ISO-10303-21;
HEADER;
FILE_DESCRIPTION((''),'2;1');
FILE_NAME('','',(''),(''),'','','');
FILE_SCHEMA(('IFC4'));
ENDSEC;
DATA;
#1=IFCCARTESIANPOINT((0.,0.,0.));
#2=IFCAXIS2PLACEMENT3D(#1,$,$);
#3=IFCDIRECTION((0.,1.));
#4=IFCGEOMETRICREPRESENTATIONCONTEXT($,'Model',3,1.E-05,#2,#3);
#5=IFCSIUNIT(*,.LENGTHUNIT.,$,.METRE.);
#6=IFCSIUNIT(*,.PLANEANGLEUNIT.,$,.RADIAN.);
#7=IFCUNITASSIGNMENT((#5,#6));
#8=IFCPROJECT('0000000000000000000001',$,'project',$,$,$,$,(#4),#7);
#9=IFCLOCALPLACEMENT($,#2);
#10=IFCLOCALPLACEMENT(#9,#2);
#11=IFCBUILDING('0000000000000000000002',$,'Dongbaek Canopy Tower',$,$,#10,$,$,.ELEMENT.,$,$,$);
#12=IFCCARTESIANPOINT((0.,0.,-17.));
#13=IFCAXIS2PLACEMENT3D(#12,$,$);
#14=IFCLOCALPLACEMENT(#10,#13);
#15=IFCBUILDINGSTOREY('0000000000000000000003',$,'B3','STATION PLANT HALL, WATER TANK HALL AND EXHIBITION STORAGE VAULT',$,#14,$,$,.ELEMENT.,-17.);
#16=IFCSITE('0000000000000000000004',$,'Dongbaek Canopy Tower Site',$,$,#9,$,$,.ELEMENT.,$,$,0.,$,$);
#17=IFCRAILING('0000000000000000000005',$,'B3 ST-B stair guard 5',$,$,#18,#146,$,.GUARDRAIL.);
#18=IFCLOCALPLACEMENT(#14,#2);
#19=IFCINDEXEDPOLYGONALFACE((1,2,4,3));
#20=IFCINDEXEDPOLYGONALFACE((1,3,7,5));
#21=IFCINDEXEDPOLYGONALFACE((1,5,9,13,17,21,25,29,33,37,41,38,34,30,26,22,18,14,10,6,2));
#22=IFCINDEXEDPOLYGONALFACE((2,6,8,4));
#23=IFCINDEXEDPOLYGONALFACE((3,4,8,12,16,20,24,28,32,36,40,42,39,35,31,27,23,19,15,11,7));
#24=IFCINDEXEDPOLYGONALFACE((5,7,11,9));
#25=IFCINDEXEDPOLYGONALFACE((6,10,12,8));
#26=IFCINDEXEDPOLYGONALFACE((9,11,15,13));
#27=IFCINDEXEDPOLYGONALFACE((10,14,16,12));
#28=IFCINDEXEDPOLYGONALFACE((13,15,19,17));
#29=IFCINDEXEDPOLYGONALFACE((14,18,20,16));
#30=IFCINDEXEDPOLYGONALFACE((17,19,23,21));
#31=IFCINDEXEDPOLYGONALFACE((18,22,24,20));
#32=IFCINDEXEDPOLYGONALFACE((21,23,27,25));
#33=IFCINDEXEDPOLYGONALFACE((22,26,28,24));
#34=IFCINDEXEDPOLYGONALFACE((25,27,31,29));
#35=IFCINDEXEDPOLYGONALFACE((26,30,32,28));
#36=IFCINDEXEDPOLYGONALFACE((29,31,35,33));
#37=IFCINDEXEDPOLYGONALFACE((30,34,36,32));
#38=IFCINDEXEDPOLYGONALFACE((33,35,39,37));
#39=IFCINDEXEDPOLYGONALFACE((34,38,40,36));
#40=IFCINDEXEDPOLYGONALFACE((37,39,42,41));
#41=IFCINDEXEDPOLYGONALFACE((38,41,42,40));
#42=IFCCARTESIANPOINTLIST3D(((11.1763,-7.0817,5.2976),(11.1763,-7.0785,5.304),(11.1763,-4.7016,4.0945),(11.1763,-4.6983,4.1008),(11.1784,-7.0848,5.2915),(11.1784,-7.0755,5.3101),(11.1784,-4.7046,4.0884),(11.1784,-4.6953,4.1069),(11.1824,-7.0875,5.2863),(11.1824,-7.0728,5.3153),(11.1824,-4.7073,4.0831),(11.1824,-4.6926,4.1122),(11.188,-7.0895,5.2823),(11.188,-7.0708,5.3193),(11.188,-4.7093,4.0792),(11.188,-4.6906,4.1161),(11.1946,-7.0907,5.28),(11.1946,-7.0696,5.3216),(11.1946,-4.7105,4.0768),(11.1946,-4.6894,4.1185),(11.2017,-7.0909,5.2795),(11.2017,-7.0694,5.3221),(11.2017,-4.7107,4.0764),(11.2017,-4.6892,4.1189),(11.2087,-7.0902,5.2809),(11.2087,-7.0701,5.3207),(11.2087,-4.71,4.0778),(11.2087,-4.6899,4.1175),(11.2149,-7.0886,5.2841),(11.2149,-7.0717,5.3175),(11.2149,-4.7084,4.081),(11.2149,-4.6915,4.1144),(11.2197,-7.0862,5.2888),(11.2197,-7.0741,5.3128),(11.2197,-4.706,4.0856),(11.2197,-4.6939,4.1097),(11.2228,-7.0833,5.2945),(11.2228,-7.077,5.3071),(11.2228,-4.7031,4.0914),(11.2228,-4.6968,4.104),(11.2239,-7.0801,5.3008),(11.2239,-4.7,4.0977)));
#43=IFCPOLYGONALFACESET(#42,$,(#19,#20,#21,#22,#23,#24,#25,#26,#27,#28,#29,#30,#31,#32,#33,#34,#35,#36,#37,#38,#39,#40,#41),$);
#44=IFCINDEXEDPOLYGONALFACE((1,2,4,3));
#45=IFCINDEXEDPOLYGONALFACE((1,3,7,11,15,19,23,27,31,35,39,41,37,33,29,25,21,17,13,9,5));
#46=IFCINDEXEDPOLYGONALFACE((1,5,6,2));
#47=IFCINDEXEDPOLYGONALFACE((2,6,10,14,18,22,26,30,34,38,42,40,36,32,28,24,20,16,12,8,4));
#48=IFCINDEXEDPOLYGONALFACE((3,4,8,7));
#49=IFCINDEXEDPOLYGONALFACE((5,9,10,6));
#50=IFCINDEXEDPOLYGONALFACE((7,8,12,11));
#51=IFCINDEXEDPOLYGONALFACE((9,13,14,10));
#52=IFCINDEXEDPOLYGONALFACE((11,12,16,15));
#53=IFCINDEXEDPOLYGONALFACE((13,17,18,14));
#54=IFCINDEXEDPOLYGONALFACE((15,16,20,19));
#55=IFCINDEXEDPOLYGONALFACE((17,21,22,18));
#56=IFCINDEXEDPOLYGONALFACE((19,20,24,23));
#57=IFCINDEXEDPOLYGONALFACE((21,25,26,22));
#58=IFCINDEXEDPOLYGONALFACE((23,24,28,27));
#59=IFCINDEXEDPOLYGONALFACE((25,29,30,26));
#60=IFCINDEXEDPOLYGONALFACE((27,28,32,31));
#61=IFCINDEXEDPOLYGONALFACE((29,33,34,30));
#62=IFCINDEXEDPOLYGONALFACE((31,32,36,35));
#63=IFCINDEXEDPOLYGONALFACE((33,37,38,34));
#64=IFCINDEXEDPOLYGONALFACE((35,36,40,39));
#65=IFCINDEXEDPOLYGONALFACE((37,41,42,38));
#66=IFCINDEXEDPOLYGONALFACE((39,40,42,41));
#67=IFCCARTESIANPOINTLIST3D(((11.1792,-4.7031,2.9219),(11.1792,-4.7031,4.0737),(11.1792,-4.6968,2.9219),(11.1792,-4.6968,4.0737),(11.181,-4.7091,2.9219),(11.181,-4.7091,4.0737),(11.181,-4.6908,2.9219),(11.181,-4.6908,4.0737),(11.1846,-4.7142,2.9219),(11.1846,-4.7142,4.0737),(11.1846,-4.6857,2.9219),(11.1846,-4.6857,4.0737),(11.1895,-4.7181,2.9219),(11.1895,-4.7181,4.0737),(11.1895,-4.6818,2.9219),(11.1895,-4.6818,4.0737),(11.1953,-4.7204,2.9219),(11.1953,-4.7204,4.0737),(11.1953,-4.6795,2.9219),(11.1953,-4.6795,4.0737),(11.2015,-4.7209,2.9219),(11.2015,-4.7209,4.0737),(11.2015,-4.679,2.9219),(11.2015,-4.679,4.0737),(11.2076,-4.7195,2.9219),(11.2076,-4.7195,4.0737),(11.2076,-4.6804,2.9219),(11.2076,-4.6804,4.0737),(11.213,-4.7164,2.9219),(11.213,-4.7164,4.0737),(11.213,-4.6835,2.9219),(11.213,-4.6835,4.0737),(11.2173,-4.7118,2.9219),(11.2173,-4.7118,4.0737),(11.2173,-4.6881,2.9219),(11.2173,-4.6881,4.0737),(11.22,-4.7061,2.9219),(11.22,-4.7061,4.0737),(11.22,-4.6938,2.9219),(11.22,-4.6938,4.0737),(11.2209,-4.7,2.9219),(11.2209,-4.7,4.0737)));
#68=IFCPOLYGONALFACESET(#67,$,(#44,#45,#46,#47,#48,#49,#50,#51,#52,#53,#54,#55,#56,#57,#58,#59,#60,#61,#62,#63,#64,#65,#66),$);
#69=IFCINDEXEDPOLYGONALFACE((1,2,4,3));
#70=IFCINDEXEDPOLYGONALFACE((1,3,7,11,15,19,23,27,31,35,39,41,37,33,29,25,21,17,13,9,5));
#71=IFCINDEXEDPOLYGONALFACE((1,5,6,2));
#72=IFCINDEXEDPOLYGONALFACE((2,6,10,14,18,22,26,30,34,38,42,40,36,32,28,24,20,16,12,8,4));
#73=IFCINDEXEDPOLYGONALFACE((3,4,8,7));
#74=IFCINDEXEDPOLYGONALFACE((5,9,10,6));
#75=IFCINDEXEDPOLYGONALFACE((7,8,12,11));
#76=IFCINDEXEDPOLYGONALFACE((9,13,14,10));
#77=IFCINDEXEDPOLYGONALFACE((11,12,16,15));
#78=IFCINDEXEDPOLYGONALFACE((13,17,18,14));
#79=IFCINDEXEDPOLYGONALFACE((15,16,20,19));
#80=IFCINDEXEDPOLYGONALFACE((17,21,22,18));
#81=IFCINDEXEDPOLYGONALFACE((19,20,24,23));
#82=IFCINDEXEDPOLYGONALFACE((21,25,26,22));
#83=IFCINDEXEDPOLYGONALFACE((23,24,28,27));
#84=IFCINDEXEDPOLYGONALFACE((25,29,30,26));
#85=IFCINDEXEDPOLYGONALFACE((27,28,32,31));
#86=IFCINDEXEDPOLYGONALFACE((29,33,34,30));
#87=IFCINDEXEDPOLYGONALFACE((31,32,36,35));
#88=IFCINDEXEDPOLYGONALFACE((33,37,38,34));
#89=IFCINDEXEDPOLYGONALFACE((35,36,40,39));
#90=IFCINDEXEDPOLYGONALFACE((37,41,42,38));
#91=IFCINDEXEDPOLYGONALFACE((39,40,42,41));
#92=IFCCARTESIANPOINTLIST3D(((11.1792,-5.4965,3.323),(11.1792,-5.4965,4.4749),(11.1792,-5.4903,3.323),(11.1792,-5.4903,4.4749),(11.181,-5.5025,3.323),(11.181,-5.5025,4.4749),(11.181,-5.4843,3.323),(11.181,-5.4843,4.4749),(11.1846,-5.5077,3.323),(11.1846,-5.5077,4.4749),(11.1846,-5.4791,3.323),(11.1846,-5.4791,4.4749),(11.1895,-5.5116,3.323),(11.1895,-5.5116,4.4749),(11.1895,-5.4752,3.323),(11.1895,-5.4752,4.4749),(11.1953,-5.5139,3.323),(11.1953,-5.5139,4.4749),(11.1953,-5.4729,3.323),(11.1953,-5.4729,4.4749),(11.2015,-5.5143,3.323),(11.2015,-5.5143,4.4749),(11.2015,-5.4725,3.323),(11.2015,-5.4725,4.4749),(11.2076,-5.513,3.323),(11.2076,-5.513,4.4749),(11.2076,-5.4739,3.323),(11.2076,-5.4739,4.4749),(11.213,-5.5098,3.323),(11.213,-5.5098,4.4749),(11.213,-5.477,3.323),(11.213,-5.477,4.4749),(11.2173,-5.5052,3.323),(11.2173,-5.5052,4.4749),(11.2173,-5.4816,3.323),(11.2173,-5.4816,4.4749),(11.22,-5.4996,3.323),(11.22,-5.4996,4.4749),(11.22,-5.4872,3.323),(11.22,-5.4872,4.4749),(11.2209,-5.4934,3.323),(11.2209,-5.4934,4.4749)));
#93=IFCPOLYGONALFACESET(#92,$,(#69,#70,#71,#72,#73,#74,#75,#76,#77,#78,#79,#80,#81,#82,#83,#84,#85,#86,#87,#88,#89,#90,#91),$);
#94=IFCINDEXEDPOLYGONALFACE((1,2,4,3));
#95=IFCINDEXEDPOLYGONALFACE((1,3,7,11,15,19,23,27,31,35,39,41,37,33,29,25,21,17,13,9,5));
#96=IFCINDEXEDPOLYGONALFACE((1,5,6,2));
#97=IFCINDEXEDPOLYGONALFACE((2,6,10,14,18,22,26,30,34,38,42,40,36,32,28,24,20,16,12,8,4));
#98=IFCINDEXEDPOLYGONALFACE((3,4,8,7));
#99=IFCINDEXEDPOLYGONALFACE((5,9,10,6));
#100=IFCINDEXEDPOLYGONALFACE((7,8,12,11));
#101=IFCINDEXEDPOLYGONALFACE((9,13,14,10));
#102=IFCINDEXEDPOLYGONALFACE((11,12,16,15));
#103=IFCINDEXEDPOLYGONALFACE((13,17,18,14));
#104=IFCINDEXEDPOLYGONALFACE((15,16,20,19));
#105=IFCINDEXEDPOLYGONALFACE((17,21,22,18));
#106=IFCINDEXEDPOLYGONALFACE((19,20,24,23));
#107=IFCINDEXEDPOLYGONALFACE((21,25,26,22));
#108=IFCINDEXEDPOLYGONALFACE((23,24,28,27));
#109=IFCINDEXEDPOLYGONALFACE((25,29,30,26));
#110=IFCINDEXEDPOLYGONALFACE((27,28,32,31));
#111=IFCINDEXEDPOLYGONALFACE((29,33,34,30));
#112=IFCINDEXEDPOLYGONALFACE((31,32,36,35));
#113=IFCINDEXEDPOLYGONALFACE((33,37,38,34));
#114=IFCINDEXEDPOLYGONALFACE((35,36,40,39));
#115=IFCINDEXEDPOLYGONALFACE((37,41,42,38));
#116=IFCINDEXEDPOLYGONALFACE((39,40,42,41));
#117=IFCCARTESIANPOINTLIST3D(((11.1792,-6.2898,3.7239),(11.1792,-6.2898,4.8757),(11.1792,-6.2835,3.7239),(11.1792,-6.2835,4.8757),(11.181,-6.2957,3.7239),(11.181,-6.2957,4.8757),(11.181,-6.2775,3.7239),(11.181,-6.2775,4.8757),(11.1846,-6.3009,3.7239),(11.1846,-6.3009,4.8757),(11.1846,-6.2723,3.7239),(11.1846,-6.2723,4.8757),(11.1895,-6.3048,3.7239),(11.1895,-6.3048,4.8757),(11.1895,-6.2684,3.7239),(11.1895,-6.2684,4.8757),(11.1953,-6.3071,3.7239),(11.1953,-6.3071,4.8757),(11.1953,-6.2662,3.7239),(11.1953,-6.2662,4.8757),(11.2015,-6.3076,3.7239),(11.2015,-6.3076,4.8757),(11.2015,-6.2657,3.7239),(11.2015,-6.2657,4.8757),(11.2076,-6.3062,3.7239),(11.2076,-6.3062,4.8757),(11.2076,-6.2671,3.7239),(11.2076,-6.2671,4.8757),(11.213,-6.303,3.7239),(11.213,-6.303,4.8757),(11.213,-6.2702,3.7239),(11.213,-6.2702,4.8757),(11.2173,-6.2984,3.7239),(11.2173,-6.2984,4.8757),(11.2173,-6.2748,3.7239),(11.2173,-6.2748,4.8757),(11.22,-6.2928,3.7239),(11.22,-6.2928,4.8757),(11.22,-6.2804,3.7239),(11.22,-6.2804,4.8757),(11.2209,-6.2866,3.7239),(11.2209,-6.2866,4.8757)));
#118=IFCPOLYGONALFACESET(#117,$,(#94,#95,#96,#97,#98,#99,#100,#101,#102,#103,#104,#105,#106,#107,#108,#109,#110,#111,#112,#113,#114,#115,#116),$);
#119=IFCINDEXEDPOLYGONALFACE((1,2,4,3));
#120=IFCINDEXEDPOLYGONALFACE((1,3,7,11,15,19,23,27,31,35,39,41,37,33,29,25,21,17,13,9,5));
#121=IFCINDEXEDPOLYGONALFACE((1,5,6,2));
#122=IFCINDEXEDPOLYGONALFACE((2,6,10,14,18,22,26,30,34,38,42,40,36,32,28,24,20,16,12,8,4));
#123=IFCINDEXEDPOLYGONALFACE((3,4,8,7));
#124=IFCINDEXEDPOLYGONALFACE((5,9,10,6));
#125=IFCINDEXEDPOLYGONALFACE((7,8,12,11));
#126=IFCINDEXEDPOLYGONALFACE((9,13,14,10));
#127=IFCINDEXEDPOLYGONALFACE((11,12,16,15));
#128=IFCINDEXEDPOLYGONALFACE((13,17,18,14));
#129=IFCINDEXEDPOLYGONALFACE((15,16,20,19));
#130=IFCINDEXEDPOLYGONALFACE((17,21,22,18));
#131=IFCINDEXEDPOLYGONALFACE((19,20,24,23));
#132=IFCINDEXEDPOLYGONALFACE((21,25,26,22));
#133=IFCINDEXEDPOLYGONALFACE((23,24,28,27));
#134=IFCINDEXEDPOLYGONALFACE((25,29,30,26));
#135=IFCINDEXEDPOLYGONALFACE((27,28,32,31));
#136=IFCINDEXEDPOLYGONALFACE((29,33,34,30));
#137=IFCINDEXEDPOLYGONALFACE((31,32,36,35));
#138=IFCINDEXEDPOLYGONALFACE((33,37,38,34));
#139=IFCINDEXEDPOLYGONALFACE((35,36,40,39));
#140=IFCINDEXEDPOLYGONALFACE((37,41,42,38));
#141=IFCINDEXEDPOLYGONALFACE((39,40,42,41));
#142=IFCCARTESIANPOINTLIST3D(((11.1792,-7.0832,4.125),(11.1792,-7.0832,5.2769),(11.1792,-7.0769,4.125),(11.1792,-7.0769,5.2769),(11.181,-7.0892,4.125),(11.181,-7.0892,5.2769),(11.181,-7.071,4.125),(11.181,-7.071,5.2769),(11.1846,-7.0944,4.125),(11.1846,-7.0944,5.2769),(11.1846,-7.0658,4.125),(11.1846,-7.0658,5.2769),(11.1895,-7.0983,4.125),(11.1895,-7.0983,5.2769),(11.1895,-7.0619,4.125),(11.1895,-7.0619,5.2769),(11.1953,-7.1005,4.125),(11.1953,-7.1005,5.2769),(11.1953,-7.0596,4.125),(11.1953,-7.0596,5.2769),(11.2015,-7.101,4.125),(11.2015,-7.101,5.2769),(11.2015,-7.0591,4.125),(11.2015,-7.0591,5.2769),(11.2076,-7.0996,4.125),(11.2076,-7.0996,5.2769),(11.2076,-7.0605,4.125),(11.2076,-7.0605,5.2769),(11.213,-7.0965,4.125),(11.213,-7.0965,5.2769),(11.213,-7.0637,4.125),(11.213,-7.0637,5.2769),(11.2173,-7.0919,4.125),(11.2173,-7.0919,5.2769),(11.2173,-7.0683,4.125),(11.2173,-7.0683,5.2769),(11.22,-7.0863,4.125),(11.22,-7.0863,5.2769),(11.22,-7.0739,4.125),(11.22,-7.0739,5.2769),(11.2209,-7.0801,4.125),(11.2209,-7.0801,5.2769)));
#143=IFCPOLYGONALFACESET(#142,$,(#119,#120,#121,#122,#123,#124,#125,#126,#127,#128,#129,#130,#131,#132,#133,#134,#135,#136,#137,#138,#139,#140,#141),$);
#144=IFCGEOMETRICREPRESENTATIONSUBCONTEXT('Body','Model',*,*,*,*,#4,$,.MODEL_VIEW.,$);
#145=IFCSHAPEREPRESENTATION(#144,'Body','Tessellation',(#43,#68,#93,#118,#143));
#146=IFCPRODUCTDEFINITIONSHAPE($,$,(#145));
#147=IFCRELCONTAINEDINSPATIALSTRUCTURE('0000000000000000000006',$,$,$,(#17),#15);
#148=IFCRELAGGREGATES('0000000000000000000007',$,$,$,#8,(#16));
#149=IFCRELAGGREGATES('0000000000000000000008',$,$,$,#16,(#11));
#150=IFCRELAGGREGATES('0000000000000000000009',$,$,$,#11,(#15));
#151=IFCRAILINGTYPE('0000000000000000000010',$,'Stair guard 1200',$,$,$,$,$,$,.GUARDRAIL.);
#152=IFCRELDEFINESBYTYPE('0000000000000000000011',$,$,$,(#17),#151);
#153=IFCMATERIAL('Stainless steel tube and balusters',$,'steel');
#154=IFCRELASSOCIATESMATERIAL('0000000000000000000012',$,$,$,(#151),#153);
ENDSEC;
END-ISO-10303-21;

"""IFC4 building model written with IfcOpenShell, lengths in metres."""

from ifc_helpers import new_model, si_unit, direction, frame, origin, origin_2d, place, context, subcontext, project, spatial, circle, extrude, material, type_object, element, save


model = new_model("IFC4")

# Units and contexts
model_context = context("Model", 3, precision=1e-05, world=origin(), true_north=direction((0.0, 1.0)))
body_context = subcontext(model_context, "Body", "Model", "MODEL_VIEW")
ifc_project = project(units=[si_unit("LENGTHUNIT", "METRE"), si_unit("PLANEANGLEUNIT", "RADIAN")], contexts=[model_context])

# Site, building, storey
site_placement = place(None, origin())
site = spatial("IfcSite", under=ifc_project, at=site_placement, Name="Dongbaek Canopy Tower Site", CompositionType="ELEMENT", RefElevation=0.0)
building_placement = place(site_placement, origin())
building = spatial("IfcBuilding", under=site, at=building_placement, Name="Dongbaek Canopy Tower", CompositionType="ELEMENT")
storey_placement = place(building_placement, frame((0.0, 0.0, -17.0)))
storey = spatial("IfcBuildingStorey", under=building, at=storey_placement, Name="B3", Description="STATION PLANT HALL, WATER TANK HALL AND EXHIBITION STORAGE VAULT", CompositionType="ELEMENT", Elevation=-17.0)

# Railing
ifc_material_1 = material(Name="Stainless steel tube and balusters", Category="steel")
railing_type_1 = type_object("IfcRailingType", Name="Stair guard 1200", PredefinedType="GUARDRAIL", material=ifc_material_1)
railing_1_placement = place(storey_placement, frame((11.2, -4.7, 2.9219)))
element("IfcRailing", 1, at=railing_1_placement, inside=storey, type_object=railing_type_1, Name="B3 ST-B stair guard 5", PredefinedType="GUARDRAIL", context=body_context, shape_type="SweptSolid", body=[
    extrude(circle(Radius=0.0239, at=origin_2d()), frame((0.0, 0.0, 1.1758), z_axis=(0.0, -0.89246, 0.451127), x_axis=(1.0, 0.0, 0.0)), (0.0, 0.0, 1.0), 2.667),
    extrude(circle(Radius=0.021, at=origin_2d()), origin(), (0.0, 0.0, 1.0), 1.1519),
    extrude(circle(Radius=0.021, at=origin_2d()), frame((0.0, -0.7935, 0.4011)), (0.0, 0.0, 1.0), 1.1519),
    extrude(circle(Radius=0.021, at=origin_2d()), frame((0.0, -1.5867, 0.802)), (0.0, 0.0, 1.0), 1.1519),
    extrude(circle(Radius=0.021, at=origin_2d()), frame((0.0, -2.3801, 1.2031)), (0.0, 0.0, 1.0), 1.1519),
])

save(model, "model.ifc")
